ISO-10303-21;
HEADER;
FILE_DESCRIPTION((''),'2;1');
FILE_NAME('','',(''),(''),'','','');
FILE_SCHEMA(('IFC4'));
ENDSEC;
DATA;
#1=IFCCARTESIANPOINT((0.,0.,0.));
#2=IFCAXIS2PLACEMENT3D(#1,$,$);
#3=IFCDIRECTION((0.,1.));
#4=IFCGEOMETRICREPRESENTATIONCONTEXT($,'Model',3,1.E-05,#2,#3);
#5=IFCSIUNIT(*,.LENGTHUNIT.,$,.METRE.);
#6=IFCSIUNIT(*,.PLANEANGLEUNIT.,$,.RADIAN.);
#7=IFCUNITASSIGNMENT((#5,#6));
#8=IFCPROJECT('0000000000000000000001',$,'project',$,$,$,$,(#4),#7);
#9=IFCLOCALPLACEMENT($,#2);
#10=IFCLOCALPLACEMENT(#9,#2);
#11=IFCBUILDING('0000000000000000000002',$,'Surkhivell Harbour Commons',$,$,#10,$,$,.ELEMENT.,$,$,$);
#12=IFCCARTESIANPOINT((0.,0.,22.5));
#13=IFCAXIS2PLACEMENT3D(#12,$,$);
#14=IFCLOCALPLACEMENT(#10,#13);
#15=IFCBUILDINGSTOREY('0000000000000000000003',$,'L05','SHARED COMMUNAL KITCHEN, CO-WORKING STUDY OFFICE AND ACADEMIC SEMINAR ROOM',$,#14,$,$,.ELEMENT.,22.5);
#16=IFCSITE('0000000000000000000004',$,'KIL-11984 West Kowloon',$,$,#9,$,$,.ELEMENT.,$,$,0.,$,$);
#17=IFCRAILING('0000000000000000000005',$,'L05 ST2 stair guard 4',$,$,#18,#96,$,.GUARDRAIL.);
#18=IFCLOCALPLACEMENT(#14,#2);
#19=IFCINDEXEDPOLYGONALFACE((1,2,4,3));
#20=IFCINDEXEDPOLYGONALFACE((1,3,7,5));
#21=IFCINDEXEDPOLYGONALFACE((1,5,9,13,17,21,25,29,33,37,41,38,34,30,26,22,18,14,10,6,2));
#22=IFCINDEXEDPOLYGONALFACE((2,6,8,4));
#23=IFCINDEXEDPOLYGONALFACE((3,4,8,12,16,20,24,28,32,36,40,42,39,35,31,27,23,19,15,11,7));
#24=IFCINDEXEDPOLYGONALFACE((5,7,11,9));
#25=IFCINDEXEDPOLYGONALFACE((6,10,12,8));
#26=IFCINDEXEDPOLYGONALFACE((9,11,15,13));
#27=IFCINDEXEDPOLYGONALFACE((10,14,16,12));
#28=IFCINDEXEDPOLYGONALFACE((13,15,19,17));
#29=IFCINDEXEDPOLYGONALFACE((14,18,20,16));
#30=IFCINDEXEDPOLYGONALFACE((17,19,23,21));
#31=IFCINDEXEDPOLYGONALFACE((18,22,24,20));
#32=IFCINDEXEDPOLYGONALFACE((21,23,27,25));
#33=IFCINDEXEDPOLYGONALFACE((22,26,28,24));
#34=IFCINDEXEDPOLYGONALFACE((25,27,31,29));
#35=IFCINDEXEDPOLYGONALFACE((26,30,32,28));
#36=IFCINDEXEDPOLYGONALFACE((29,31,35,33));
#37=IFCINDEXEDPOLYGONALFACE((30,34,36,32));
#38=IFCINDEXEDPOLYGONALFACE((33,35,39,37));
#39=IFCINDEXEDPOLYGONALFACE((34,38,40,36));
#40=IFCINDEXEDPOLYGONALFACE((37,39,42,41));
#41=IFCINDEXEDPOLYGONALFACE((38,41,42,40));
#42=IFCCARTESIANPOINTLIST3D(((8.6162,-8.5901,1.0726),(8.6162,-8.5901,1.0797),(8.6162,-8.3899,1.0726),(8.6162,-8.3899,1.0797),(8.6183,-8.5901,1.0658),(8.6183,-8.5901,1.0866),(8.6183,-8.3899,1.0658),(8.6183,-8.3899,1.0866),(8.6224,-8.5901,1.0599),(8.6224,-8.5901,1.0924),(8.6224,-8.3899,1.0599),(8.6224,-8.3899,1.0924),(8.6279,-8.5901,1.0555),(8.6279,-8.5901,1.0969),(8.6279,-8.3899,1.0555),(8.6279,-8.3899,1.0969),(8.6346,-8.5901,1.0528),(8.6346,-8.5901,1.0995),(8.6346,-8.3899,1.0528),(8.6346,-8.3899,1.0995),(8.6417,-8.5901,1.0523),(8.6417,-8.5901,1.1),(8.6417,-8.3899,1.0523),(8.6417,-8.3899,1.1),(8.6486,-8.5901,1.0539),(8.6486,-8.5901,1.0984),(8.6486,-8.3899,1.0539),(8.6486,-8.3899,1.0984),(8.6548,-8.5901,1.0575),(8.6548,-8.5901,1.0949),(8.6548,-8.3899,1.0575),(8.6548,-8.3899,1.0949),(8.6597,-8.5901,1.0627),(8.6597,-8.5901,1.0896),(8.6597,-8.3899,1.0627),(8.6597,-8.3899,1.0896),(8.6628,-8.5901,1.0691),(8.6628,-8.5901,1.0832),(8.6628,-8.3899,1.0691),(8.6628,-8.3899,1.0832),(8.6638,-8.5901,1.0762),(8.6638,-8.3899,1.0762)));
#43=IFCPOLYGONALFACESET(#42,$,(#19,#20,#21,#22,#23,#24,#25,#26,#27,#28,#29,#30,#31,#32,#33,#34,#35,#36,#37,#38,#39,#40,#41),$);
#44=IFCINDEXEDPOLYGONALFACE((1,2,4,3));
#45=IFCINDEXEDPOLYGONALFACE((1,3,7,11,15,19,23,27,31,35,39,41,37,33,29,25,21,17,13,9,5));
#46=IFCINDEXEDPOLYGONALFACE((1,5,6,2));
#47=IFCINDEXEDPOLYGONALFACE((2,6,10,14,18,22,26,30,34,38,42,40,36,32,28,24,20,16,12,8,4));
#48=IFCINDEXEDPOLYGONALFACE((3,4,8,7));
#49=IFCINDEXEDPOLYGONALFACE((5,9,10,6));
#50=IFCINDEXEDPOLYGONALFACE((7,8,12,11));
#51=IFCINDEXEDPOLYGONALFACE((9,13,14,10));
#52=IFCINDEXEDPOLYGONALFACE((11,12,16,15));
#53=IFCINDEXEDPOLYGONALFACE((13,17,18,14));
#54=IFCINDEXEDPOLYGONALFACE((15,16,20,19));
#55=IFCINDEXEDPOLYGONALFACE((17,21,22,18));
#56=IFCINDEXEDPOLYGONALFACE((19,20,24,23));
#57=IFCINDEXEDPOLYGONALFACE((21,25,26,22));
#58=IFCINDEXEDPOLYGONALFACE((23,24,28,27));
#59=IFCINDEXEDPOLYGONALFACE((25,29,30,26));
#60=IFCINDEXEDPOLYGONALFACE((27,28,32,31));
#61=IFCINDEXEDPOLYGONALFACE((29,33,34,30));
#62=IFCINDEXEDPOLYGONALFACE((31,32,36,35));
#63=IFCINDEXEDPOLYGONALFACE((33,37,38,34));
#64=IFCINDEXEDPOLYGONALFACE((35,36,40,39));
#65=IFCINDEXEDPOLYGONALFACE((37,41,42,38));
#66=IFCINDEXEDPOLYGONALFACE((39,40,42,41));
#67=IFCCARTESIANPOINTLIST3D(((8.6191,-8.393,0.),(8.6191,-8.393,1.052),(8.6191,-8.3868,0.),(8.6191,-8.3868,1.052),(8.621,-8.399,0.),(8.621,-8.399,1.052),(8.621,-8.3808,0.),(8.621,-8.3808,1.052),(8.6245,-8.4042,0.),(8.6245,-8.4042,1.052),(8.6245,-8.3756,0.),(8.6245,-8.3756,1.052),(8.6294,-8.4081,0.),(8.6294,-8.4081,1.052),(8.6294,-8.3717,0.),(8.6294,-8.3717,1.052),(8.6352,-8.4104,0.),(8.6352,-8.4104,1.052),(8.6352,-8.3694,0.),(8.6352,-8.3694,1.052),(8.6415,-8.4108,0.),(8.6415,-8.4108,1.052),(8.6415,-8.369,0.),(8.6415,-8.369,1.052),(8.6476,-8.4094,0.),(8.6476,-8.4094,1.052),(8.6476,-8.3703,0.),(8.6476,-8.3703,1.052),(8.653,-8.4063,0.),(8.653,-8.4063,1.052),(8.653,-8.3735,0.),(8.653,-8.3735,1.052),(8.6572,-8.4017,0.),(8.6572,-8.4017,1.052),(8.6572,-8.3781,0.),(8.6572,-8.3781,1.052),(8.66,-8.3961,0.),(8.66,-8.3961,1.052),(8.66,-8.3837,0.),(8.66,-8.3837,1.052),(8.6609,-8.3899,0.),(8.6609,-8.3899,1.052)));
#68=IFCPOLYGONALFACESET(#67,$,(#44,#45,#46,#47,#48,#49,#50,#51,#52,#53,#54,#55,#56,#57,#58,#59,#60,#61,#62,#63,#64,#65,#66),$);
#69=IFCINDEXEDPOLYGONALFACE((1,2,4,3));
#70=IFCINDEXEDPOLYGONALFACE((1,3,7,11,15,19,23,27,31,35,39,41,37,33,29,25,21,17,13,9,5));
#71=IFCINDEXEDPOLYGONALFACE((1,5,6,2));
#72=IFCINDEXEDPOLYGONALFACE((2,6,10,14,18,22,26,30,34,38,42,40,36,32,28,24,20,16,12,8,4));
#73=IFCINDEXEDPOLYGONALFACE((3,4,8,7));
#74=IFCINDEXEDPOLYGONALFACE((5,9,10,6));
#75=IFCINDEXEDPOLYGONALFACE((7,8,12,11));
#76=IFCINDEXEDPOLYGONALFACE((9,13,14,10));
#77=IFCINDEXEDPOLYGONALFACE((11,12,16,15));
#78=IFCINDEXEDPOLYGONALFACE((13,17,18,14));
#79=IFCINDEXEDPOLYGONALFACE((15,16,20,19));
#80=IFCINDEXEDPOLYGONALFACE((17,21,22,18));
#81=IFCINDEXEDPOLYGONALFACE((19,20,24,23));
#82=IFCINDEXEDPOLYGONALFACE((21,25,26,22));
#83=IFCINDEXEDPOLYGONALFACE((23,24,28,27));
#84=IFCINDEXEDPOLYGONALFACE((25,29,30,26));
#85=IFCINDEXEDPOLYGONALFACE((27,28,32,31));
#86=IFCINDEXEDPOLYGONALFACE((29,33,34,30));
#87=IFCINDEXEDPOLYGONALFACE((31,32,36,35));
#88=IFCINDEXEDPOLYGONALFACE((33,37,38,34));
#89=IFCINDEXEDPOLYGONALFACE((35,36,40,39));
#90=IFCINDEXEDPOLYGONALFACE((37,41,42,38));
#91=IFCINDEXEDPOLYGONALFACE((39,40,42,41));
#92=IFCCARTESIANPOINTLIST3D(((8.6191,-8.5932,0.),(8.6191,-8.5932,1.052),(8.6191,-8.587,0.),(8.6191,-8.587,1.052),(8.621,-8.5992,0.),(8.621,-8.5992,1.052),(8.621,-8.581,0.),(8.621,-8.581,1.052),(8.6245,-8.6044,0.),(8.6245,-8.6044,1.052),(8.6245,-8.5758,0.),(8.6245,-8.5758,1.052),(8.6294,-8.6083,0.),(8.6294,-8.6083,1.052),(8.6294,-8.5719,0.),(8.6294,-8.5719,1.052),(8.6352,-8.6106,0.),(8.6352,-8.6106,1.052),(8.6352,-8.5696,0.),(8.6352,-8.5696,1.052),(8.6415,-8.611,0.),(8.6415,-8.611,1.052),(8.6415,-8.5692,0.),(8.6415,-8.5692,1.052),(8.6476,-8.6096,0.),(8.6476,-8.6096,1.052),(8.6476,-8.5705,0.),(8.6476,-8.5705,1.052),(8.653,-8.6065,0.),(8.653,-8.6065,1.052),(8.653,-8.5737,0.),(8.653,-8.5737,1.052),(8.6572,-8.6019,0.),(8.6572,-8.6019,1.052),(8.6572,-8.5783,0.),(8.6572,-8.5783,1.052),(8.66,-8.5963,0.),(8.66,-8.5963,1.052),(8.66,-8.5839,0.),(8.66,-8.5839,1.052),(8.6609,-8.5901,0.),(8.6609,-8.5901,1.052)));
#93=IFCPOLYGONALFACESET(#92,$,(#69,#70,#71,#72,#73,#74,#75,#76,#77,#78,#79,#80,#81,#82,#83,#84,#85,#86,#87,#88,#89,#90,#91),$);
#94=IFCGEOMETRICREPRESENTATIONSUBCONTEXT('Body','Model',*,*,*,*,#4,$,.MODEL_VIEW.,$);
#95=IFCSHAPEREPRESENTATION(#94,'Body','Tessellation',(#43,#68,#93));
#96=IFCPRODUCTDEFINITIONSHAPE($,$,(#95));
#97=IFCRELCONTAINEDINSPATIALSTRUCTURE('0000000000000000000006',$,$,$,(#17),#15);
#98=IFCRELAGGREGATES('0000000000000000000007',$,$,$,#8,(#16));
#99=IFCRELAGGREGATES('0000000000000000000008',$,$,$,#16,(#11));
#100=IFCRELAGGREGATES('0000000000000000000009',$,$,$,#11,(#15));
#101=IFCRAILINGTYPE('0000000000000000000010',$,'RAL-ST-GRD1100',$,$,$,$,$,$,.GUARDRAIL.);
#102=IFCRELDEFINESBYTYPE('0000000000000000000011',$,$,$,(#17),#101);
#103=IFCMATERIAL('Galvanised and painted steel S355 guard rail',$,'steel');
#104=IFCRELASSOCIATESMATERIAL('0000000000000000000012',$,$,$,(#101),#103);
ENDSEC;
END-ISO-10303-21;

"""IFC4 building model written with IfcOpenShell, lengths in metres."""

from ifc_helpers import new_model, si_unit, direction, frame, origin, origin_2d, place, context, subcontext, project, spatial, circle, extrude, material, type_object, element, save


model = new_model("IFC4")

# Units and contexts
model_context = context("Model", 3, precision=1e-05, world=origin(), true_north=direction((0.0, 1.0)))
body_context = subcontext(model_context, "Body", "Model", "MODEL_VIEW")
ifc_project = project(units=[si_unit("LENGTHUNIT", "METRE"), si_unit("PLANEANGLEUNIT", "RADIAN")], contexts=[model_context])

# Site, building, storey
site_placement = place(None, origin())
site = spatial("IfcSite", under=ifc_project, at=site_placement, Name="KIL-11984 West Kowloon", CompositionType="ELEMENT", RefElevation=0.0)
building_placement = place(site_placement, origin())
building = spatial("IfcBuilding", under=site, at=building_placement, Name="Surkhivell Harbour Commons", CompositionType="ELEMENT")
storey_placement = place(building_placement, frame((0.0, 0.0, 22.5)))
storey = spatial("IfcBuildingStorey", under=building, at=storey_placement, Name="L05", Description="SHARED COMMUNAL KITCHEN, CO-WORKING STUDY OFFICE AND ACADEMIC SEMINAR ROOM", CompositionType="ELEMENT", Elevation=22.5)

# Railing
ifc_material_1 = material(Name="Galvanised and painted steel S355 guard rail", Category="steel")
railing_type_1 = type_object("IfcRailingType", Name="RAL-ST-GRD1100", PredefinedType="GUARDRAIL", material=ifc_material_1)
railing_1_placement = place(storey_placement, frame((8.6399, -8.3899, 0.0)))
element("IfcRailing", 1, at=railing_1_placement, inside=storey, type_object=railing_type_1, Name="L05 ST2 stair guard 4", PredefinedType="GUARDRAIL", context=body_context, shape_type="SweptSolid", body=[
    extrude(circle(Radius=0.0239, at=origin_2d()), frame((0.0, 0.0, 1.0762), z_axis=(0.0, -1.0, 0.0), x_axis=(1.0, 0.0, 0.0)), (0.0, 0.0, 1.0), 0.2002),
    extrude(circle(Radius=0.021, at=origin_2d()), origin(), (0.0, 0.0, 1.0), 1.052),
    extrude(circle(Radius=0.021, at=origin_2d()), frame((0.0, -0.2002, 0.0)), (0.0, 0.0, 1.0), 1.052),
])

save(model, "model.ifc")
